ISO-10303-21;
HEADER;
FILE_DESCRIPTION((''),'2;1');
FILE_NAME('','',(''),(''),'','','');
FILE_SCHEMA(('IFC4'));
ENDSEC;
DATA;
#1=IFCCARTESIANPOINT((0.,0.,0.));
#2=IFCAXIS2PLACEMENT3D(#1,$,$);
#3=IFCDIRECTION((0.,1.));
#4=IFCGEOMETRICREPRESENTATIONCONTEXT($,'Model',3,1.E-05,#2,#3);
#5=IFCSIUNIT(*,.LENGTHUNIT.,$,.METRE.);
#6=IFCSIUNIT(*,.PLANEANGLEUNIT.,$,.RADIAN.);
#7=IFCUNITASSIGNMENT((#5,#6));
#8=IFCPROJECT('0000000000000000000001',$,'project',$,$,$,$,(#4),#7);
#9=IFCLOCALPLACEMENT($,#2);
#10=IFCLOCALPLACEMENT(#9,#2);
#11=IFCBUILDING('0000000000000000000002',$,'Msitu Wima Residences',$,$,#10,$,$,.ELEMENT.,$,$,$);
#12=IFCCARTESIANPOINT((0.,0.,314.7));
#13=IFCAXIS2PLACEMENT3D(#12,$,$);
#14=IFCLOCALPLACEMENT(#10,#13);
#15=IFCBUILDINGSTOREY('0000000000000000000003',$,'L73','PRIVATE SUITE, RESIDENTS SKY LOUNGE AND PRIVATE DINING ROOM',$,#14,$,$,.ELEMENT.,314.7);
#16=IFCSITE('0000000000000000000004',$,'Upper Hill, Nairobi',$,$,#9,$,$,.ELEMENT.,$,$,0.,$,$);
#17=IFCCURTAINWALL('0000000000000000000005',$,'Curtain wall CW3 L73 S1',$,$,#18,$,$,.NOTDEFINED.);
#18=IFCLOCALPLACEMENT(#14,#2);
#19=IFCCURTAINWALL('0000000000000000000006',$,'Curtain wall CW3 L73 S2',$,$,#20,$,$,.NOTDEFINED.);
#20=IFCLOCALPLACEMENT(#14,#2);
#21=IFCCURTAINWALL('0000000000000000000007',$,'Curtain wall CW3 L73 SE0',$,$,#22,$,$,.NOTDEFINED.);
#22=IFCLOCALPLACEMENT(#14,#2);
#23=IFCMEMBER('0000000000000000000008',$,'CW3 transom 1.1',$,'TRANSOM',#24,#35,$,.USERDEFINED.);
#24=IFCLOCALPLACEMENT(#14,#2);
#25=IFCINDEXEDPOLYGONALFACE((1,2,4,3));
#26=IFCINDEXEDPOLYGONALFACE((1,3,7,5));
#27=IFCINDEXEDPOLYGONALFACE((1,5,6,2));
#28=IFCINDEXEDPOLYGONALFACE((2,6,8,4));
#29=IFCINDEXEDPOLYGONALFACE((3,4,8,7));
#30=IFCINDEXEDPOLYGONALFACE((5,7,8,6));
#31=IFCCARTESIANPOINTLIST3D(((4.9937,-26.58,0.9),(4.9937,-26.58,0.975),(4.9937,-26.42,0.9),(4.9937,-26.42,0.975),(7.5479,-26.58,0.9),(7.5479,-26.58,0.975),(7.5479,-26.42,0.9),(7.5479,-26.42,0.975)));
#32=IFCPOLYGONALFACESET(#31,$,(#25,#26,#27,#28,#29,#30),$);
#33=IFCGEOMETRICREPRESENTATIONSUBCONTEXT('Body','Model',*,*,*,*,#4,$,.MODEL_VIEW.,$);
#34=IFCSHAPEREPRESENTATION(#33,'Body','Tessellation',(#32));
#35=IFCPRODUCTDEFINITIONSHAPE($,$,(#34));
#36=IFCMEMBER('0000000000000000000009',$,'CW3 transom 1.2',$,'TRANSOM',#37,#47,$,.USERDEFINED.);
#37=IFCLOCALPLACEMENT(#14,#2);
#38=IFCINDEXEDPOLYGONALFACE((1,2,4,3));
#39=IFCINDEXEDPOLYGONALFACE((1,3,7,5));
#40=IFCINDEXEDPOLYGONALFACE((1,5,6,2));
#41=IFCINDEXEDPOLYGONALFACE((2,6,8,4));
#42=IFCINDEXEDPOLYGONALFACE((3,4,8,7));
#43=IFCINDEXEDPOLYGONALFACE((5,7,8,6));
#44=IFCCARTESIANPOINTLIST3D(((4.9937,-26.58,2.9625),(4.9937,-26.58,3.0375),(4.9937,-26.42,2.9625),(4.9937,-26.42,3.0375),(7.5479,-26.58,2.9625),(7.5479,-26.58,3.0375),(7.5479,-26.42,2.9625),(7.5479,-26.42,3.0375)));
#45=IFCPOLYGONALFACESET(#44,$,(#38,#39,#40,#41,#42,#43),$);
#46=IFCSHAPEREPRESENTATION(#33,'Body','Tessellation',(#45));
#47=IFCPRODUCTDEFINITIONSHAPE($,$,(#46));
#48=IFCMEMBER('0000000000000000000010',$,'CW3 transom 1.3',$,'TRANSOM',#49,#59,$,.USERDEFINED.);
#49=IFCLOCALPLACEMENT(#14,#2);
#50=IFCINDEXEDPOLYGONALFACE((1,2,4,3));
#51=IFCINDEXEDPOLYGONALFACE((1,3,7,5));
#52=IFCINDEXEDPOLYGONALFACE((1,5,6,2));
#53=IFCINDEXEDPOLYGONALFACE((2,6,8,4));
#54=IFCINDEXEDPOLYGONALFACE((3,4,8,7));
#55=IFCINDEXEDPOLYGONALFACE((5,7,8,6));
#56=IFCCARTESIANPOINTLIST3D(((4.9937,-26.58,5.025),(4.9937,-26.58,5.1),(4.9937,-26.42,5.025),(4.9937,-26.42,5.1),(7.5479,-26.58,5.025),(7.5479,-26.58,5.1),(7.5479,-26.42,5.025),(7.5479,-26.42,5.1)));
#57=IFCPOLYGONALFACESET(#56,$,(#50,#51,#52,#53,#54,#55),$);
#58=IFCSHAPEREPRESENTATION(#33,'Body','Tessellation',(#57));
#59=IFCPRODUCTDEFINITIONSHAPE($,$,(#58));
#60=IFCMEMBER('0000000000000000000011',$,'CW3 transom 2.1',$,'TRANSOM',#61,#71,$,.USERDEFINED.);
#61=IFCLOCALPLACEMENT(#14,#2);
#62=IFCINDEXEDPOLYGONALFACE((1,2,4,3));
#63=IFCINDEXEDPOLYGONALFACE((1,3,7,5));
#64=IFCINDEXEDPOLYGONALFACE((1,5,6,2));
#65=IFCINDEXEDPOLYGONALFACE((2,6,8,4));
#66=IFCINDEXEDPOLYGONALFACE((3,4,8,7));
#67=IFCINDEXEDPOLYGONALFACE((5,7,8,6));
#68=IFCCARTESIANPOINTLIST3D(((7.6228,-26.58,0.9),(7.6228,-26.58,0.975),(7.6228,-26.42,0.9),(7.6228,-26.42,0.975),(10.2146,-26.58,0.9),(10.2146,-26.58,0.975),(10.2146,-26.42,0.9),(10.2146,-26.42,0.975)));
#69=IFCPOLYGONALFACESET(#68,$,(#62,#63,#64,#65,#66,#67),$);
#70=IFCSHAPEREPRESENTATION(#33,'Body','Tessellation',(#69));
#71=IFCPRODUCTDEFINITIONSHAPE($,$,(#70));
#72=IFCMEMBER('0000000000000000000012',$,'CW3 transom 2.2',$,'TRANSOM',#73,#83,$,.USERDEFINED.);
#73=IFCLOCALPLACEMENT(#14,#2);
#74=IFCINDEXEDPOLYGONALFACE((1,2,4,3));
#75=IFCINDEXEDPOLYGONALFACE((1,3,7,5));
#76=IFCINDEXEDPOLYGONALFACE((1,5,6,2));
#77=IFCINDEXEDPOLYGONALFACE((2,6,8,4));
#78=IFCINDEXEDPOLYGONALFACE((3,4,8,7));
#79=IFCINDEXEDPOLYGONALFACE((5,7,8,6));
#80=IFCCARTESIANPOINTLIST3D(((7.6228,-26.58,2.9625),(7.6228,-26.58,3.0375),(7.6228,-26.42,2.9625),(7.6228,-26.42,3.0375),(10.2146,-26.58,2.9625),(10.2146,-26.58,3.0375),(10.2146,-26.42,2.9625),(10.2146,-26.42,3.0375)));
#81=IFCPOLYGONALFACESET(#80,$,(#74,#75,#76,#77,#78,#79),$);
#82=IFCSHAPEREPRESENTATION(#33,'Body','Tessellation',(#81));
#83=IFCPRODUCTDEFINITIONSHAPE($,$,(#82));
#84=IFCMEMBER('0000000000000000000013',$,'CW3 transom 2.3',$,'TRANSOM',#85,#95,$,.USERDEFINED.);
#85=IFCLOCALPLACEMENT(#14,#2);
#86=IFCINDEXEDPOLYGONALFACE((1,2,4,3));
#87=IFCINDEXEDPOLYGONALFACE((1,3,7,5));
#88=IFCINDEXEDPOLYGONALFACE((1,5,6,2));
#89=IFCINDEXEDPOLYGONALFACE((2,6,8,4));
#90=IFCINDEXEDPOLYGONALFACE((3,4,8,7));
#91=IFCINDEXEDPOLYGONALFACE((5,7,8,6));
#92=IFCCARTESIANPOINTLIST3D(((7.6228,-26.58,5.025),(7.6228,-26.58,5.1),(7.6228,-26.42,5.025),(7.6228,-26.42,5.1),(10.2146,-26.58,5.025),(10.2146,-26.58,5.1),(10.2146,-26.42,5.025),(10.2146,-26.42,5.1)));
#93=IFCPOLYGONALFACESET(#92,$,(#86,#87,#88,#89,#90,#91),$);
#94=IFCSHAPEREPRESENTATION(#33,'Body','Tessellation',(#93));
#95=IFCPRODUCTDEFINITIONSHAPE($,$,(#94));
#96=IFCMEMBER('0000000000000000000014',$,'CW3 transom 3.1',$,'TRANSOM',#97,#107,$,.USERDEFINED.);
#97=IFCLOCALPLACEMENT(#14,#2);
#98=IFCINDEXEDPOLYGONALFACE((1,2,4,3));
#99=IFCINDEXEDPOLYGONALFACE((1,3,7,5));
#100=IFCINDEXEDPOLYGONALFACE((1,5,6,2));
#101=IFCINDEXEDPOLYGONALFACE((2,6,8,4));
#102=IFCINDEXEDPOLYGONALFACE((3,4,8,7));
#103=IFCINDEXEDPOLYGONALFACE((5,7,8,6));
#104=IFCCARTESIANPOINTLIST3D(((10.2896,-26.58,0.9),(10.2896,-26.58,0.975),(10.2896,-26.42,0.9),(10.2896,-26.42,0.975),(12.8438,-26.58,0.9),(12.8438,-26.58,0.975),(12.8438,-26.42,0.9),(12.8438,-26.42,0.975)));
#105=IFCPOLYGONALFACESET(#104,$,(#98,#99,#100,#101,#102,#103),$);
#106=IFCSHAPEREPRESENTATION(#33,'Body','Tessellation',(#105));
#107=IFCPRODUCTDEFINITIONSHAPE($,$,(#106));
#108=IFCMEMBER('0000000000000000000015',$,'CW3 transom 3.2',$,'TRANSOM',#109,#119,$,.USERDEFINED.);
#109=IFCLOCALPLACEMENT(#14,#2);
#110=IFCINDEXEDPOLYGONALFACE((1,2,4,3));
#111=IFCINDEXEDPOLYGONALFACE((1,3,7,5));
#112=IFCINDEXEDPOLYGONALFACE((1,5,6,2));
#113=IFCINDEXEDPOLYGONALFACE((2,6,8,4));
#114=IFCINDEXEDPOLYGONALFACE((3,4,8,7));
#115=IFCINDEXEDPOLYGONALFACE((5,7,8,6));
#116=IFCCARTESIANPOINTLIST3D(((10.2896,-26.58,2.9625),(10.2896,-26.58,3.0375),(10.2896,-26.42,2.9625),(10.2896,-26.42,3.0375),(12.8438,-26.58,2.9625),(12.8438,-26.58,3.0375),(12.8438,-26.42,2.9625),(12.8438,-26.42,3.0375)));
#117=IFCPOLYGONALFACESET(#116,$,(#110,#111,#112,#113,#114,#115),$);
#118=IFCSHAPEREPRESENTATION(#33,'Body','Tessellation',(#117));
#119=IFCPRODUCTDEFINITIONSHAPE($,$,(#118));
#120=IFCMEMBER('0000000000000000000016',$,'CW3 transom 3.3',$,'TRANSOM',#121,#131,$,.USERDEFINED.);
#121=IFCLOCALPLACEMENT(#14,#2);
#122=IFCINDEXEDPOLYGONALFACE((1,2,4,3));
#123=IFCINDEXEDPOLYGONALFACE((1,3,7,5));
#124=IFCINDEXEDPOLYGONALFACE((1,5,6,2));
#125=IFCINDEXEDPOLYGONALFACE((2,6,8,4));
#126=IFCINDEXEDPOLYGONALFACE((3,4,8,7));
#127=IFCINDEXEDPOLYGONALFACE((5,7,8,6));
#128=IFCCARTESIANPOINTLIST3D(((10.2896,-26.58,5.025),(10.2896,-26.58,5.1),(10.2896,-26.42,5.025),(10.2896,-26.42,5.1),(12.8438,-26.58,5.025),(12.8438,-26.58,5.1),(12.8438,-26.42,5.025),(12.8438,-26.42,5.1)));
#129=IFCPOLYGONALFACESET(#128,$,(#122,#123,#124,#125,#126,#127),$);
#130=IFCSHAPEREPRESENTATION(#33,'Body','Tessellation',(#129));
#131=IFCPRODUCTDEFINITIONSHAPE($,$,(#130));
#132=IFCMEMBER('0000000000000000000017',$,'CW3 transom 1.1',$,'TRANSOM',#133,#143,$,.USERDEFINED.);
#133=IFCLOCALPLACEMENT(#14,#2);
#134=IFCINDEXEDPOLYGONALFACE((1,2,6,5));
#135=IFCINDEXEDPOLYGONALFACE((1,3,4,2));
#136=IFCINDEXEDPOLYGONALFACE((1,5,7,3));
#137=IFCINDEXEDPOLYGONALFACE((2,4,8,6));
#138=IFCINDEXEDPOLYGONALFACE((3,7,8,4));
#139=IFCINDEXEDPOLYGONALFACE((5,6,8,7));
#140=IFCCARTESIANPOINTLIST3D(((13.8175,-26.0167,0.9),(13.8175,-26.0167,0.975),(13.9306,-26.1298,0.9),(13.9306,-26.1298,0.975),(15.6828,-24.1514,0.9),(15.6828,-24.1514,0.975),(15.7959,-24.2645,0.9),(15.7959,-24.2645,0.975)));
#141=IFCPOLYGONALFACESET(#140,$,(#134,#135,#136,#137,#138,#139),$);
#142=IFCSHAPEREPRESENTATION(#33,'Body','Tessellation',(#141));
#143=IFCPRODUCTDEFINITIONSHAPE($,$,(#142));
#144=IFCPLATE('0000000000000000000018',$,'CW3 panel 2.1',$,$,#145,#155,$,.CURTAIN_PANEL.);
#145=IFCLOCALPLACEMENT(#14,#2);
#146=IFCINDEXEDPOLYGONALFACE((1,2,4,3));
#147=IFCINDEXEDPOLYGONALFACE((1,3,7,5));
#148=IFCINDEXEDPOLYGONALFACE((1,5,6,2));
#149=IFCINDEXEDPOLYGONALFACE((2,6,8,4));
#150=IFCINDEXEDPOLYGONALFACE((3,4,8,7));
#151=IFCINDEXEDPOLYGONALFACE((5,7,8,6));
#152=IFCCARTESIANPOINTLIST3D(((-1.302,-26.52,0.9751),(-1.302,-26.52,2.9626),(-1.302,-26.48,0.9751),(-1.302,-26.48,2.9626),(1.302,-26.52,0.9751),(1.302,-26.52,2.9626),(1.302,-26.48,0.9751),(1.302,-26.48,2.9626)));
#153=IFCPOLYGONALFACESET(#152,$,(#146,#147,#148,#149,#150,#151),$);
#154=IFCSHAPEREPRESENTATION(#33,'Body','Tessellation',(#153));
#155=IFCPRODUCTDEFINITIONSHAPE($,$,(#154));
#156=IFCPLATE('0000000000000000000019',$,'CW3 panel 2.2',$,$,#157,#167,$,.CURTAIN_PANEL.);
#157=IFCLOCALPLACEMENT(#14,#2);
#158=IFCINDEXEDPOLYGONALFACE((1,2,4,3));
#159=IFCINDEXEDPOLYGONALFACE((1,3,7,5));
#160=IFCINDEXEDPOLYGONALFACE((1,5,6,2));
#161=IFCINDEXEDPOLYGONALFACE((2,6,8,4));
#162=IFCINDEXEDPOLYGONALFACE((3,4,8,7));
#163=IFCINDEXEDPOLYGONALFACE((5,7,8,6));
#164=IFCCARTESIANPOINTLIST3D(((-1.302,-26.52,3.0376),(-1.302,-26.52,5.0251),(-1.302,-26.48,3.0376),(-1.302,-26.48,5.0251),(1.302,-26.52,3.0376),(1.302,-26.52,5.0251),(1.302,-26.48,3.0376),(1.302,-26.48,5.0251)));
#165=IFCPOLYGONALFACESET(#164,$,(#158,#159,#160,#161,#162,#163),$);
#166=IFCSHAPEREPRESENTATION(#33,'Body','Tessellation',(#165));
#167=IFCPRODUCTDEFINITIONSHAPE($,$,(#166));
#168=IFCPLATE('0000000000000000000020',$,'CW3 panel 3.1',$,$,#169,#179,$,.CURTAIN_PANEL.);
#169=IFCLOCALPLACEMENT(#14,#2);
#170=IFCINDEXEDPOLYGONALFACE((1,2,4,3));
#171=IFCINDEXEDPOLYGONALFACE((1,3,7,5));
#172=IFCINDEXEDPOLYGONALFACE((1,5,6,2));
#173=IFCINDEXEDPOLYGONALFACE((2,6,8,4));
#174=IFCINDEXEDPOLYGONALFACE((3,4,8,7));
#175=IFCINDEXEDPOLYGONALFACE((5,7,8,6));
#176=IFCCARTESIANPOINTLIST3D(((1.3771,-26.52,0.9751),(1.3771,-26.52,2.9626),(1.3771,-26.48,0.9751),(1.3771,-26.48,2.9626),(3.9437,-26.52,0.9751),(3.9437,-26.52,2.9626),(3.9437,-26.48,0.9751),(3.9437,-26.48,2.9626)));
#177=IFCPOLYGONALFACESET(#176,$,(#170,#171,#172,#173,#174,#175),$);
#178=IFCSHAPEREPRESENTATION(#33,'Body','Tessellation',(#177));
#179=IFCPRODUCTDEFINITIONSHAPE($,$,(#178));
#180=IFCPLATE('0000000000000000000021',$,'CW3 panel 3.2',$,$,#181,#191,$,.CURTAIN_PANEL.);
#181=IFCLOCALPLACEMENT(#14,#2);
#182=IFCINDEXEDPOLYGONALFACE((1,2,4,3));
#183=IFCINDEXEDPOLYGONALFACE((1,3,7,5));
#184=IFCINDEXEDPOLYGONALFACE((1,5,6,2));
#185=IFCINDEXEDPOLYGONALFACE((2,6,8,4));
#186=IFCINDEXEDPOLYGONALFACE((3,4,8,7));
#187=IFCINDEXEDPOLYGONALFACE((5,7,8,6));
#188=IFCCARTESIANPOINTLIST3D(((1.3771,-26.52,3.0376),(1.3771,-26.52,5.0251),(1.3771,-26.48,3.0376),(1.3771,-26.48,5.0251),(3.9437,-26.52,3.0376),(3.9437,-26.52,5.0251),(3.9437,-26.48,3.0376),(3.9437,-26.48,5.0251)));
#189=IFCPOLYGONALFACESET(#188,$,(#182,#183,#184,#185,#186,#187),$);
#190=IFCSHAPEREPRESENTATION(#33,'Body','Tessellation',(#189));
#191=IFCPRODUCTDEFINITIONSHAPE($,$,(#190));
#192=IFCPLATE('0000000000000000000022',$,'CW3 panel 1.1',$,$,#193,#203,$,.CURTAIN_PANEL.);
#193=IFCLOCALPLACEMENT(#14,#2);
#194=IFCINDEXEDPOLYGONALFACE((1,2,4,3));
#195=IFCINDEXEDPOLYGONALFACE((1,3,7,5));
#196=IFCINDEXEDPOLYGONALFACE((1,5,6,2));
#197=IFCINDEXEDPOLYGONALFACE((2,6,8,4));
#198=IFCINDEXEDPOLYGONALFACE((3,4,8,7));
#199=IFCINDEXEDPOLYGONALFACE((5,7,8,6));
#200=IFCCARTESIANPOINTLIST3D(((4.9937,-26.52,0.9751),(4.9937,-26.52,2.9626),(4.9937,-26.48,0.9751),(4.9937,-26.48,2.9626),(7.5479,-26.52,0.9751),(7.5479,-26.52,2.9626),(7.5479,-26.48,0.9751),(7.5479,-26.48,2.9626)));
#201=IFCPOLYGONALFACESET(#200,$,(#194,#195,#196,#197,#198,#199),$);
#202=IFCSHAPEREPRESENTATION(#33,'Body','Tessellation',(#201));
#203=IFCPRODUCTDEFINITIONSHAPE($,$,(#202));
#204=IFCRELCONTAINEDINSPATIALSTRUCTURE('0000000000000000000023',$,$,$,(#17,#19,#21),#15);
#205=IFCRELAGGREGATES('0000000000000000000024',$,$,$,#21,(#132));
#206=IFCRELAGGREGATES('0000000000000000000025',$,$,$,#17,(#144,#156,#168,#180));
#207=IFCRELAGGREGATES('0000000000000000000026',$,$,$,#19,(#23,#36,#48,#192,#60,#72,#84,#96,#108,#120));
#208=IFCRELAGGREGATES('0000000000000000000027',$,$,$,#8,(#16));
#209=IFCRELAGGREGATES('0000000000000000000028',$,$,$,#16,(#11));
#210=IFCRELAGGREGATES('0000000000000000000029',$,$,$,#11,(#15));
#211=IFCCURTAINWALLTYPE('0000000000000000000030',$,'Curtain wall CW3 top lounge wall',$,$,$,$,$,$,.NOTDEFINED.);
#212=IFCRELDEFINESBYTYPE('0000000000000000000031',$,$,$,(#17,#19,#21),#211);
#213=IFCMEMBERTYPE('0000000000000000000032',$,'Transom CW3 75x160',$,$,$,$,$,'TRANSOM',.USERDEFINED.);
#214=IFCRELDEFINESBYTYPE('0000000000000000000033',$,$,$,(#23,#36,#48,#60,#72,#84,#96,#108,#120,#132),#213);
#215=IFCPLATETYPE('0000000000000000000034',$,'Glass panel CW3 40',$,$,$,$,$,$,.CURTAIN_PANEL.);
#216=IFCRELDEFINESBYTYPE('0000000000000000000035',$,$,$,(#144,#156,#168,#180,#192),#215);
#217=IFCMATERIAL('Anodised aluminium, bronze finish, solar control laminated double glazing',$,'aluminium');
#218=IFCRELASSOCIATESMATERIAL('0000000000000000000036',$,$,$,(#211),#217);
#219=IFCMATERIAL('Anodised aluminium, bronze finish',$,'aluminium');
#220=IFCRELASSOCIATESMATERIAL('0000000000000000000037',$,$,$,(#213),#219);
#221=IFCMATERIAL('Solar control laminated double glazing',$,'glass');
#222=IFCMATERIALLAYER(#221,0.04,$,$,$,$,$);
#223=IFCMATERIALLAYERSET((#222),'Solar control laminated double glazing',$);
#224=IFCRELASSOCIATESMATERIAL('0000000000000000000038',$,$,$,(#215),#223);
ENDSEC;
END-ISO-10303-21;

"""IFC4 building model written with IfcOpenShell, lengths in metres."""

from ifc_helpers import new_model, si_unit, direction, frame, origin, origin_2d, place, context, subcontext, project, spatial, rectangle, extrude, material, layer, layer_set, material_profile, profile_set, type_object, element, aggregate, save


model = new_model("IFC4")

# Units and contexts
model_context = context("Model", 3, precision=1e-05, world=origin(), true_north=direction((0.0, 1.0)))
body_context = subcontext(model_context, "Body", "Model", "MODEL_VIEW")
ifc_project = project(units=[si_unit("LENGTHUNIT", "METRE"), si_unit("PLANEANGLEUNIT", "RADIAN")], contexts=[model_context])

# Site, building, storey
site_placement = place(None, origin())
site = spatial("IfcSite", under=ifc_project, at=site_placement, Name="Upper Hill, Nairobi", CompositionType="ELEMENT", RefElevation=0.0)
building_placement = place(site_placement, origin())
building = spatial("IfcBuilding", under=site, at=building_placement, Name="Msitu Wima Residences", CompositionType="ELEMENT")
storey_placement = place(building_placement, frame((0.0, 0.0, 314.7)))
storey = spatial("IfcBuildingStorey", under=building, at=storey_placement, Name="L73", Description="PRIVATE SUITE, RESIDENTS SKY LOUNGE AND PRIVATE DINING ROOM", CompositionType="ELEMENT", Elevation=314.7)

# Curtain walls
ifc_material_1 = material(Name="Anodised aluminium, bronze finish, solar control laminated double glazing", Category="aluminium")
curtain_wall_type = type_object("IfcCurtainWallType", Name="Curtain wall CW3 top lounge wall", PredefinedType="NOTDEFINED", material=ifc_material_1)
curtain_wall_1_placement = place(storey_placement, origin())
curtain_wall_1 = element("IfcCurtainWall", 1, at=curtain_wall_1_placement, inside=storey, type_object=curtain_wall_type, Name="Curtain wall CW3 L73 S1", PredefinedType="NOTDEFINED")
ifc_material_2 = material(Name="Anodised aluminium, bronze finish", Category="aluminium")
curtain_wall_2_placement = place(storey_placement, origin())
curtain_wall_2 = element("IfcCurtainWall", 2, at=curtain_wall_2_placement, inside=storey, type_object=curtain_wall_type, Name="Curtain wall CW3 L73 S2", PredefinedType="NOTDEFINED")

# Curtain wall
curtain_wall_3_placement = place(storey_placement, origin())
curtain_wall_3 = element("IfcCurtainWall", 3, at=curtain_wall_3_placement, inside=storey, type_object=curtain_wall_type, Name="Curtain wall CW3 L73 SE0", PredefinedType="NOTDEFINED")

# Members
ifc_material_profile_1 = material_profile(ifc_material_2, rectangle(XDim=0.1599, YDim=0.075, at=origin_2d()), Name="Transom 75x160")
ifc_profile_set_1 = profile_set([ifc_material_profile_1], Name="Anodised aluminium, bronze finish")
member_type_1 = type_object("IfcMemberType", Name="Transom CW3 75x160", ElementType="TRANSOM", PredefinedType="USERDEFINED", material=ifc_profile_set_1)
member_1_placement = place(storey_placement, frame((4.9937, -26.5, 0.9375), z_axis=(1.0, 0.0, 0.0), x_axis=(0.0, 1.0, 0.0)))
member_1 = element("IfcMember", 4, at=member_1_placement, type_object=member_type_1, Name="CW3 transom 1.1", ObjectType="TRANSOM", PredefinedType="USERDEFINED", context=body_context, shape_type="SweptSolid", body=[
    extrude(rectangle(XDim=0.1599, YDim=0.075, at=origin_2d()), origin(), (0.0, 0.0, 1.0), 2.5542),
])
member_2_placement = place(storey_placement, frame((4.9937, -26.5, 3.0), z_axis=(1.0, 0.0, 0.0), x_axis=(0.0, 1.0, 0.0)))
member_2 = element("IfcMember", 5, at=member_2_placement, type_object=member_type_1, Name="CW3 transom 1.2", ObjectType="TRANSOM", PredefinedType="USERDEFINED", context=body_context, shape_type="SweptSolid", body=[
    extrude(rectangle(XDim=0.1599, YDim=0.075, at=origin_2d()), origin(), (0.0, 0.0, 1.0), 2.5542),
])
member_3_placement = place(storey_placement, frame((4.9937, -26.5, 5.0625), z_axis=(1.0, 0.0, 0.0), x_axis=(0.0, 1.0, 0.0)))
member_3 = element("IfcMember", 6, at=member_3_placement, type_object=member_type_1, Name="CW3 transom 1.3", ObjectType="TRANSOM", PredefinedType="USERDEFINED", context=body_context, shape_type="SweptSolid", body=[
    extrude(rectangle(XDim=0.1599, YDim=0.075, at=origin_2d()), origin(), (0.0, 0.0, 1.0), 2.5542),
])
member_4_placement = place(storey_placement, frame((7.6228, -26.5, 0.9375), z_axis=(1.0, 0.0, 0.0), x_axis=(0.0, 1.0, 0.0)))
member_4 = element("IfcMember", 7, at=member_4_placement, type_object=member_type_1, Name="CW3 transom 2.1", ObjectType="TRANSOM", PredefinedType="USERDEFINED", context=body_context, shape_type="SweptSolid", body=[
    extrude(rectangle(XDim=0.1599, YDim=0.075, at=origin_2d()), origin(), (0.0, 0.0, 1.0), 2.5918),
])
member_5_placement = place(storey_placement, frame((7.6228, -26.5, 3.0), z_axis=(1.0, 0.0, 0.0), x_axis=(0.0, 1.0, 0.0)))
member_5 = element("IfcMember", 8, at=member_5_placement, type_object=member_type_1, Name="CW3 transom 2.2", ObjectType="TRANSOM", PredefinedType="USERDEFINED", context=body_context, shape_type="SweptSolid", body=[
    extrude(rectangle(XDim=0.1599, YDim=0.075, at=origin_2d()), origin(), (0.0, 0.0, 1.0), 2.5918),
])
member_6_placement = place(storey_placement, frame((7.6228, -26.5, 5.0625), z_axis=(1.0, 0.0, 0.0), x_axis=(0.0, 1.0, 0.0)))
member_6 = element("IfcMember", 9, at=member_6_placement, type_object=member_type_1, Name="CW3 transom 2.3", ObjectType="TRANSOM", PredefinedType="USERDEFINED", context=body_context, shape_type="SweptSolid", body=[
    extrude(rectangle(XDim=0.1599, YDim=0.075, at=origin_2d()), origin(), (0.0, 0.0, 1.0), 2.5918),
])
member_7_placement = place(storey_placement, frame((10.2896, -26.5, 0.9375), z_axis=(1.0, 0.0, 0.0), x_axis=(0.0, 1.0, 0.0)))
member_7 = element("IfcMember", 10, at=member_7_placement, type_object=member_type_1, Name="CW3 transom 3.1", ObjectType="TRANSOM", PredefinedType="USERDEFINED", context=body_context, shape_type="SweptSolid", body=[
    extrude(rectangle(XDim=0.1599, YDim=0.075, at=origin_2d()), origin(), (0.0, 0.0, 1.0), 2.5542),
])
member_8_placement = place(storey_placement, frame((10.2896, -26.5, 3.0), z_axis=(1.0, 0.0, 0.0), x_axis=(0.0, 1.0, 0.0)))
member_8 = element("IfcMember", 11, at=member_8_placement, type_object=member_type_1, Name="CW3 transom 3.2", ObjectType="TRANSOM", PredefinedType="USERDEFINED", context=body_context, shape_type="SweptSolid", body=[
    extrude(rectangle(XDim=0.1599, YDim=0.075, at=origin_2d()), origin(), (0.0, 0.0, 1.0), 2.5542),
])
member_9_placement = place(storey_placement, frame((10.2896, -26.5, 5.0625), z_axis=(1.0, 0.0, 0.0), x_axis=(0.0, 1.0, 0.0)))
member_9 = element("IfcMember", 12, at=member_9_placement, type_object=member_type_1, Name="CW3 transom 3.3", ObjectType="TRANSOM", PredefinedType="USERDEFINED", context=body_context, shape_type="SweptSolid", body=[
    extrude(rectangle(XDim=0.1599, YDim=0.075, at=origin_2d()), origin(), (0.0, 0.0, 1.0), 2.5542),
])
member_10_placement = place(storey_placement, frame((13.874, -26.0732, 0.9375), z_axis=(0.707107, 0.707107, 0.0), x_axis=(-0.707107, 0.707107, 0.0)))
member_10 = element("IfcMember", 13, at=member_10_placement, type_object=member_type_1, Name="CW3 transom 1.1", ObjectType="TRANSOM", PredefinedType="USERDEFINED", context=body_context, shape_type="SweptSolid", body=[
    extrude(rectangle(XDim=0.1599, YDim=0.075, at=origin_2d()), origin(), (0.0, 0.0, 1.0), 2.6379),
])
aggregate(curtain_wall_3, [member_10])

# Plates
ifc_material_3 = material(Name="Solar control laminated double glazing", Category="glass")
ifc_layer = layer(ifc_material_3, 0.04)
ifc_layer_set = layer_set([ifc_layer], Name="Solar control laminated double glazing")
plate_type = type_object("IfcPlateType", Name="Glass panel CW3 40", PredefinedType="CURTAIN_PANEL", material=ifc_layer_set)
plate_1_placement = place(storey_placement, frame((0.0, -26.5, 0.9751), z_axis=(0.0, 0.0, 1.0), x_axis=(1.0, 0.0, 0.0)))
plate_1 = element("IfcPlate", 14, at=plate_1_placement, type_object=plate_type, Name="CW3 panel 2.1", PredefinedType="CURTAIN_PANEL", context=body_context, shape_type="SweptSolid", body=[
    extrude(rectangle(XDim=2.604, YDim=0.04, at=origin_2d()), origin(), (0.0, 0.0, 1.0), 1.9875),
])
plate_2_placement = place(storey_placement, frame((0.0, -26.5, 3.0376), z_axis=(0.0, 0.0, 1.0), x_axis=(1.0, 0.0, 0.0)))
plate_2 = element("IfcPlate", 15, at=plate_2_placement, type_object=plate_type, Name="CW3 panel 2.2", PredefinedType="CURTAIN_PANEL", context=body_context, shape_type="SweptSolid", body=[
    extrude(rectangle(XDim=2.604, YDim=0.04, at=origin_2d()), origin(), (0.0, 0.0, 1.0), 1.9875),
])
plate_3_placement = place(storey_placement, frame((2.6604, -26.5, 0.9751), z_axis=(0.0, 0.0, 1.0), x_axis=(1.0, 0.0, 0.0)))
plate_3 = element("IfcPlate", 16, at=plate_3_placement, type_object=plate_type, Name="CW3 panel 3.1", PredefinedType="CURTAIN_PANEL", context=body_context, shape_type="SweptSolid", body=[
    extrude(rectangle(XDim=2.5667, YDim=0.04, at=origin_2d()), origin(), (0.0, 0.0, 1.0), 1.9875),
])
plate_4_placement = place(storey_placement, frame((2.6604, -26.5, 3.0376), z_axis=(0.0, 0.0, 1.0), x_axis=(1.0, 0.0, 0.0)))
plate_4 = element("IfcPlate", 17, at=plate_4_placement, type_object=plate_type, Name="CW3 panel 3.2", PredefinedType="CURTAIN_PANEL", context=body_context, shape_type="SweptSolid", body=[
    extrude(rectangle(XDim=2.5667, YDim=0.04, at=origin_2d()), origin(), (0.0, 0.0, 1.0), 1.9875),
])
aggregate(curtain_wall_1, [plate_1, plate_2, plate_3, plate_4])
plate_5_placement = place(storey_placement, frame((6.2708, -26.5, 0.9751), z_axis=(0.0, 0.0, 1.0), x_axis=(1.0, 0.0, 0.0)))
plate_5 = element("IfcPlate", 18, at=plate_5_placement, type_object=plate_type, Name="CW3 panel 1.1", PredefinedType="CURTAIN_PANEL", context=body_context, shape_type="SweptSolid", body=[
    extrude(rectangle(XDim=2.5542, YDim=0.04, at=origin_2d()), origin(), (0.0, 0.0, 1.0), 1.9875),
])
aggregate(curtain_wall_2, [member_1, member_2, member_3, plate_5, member_4, member_5, member_6, member_7, member_8, member_9])

save(model, "model.ifc")
